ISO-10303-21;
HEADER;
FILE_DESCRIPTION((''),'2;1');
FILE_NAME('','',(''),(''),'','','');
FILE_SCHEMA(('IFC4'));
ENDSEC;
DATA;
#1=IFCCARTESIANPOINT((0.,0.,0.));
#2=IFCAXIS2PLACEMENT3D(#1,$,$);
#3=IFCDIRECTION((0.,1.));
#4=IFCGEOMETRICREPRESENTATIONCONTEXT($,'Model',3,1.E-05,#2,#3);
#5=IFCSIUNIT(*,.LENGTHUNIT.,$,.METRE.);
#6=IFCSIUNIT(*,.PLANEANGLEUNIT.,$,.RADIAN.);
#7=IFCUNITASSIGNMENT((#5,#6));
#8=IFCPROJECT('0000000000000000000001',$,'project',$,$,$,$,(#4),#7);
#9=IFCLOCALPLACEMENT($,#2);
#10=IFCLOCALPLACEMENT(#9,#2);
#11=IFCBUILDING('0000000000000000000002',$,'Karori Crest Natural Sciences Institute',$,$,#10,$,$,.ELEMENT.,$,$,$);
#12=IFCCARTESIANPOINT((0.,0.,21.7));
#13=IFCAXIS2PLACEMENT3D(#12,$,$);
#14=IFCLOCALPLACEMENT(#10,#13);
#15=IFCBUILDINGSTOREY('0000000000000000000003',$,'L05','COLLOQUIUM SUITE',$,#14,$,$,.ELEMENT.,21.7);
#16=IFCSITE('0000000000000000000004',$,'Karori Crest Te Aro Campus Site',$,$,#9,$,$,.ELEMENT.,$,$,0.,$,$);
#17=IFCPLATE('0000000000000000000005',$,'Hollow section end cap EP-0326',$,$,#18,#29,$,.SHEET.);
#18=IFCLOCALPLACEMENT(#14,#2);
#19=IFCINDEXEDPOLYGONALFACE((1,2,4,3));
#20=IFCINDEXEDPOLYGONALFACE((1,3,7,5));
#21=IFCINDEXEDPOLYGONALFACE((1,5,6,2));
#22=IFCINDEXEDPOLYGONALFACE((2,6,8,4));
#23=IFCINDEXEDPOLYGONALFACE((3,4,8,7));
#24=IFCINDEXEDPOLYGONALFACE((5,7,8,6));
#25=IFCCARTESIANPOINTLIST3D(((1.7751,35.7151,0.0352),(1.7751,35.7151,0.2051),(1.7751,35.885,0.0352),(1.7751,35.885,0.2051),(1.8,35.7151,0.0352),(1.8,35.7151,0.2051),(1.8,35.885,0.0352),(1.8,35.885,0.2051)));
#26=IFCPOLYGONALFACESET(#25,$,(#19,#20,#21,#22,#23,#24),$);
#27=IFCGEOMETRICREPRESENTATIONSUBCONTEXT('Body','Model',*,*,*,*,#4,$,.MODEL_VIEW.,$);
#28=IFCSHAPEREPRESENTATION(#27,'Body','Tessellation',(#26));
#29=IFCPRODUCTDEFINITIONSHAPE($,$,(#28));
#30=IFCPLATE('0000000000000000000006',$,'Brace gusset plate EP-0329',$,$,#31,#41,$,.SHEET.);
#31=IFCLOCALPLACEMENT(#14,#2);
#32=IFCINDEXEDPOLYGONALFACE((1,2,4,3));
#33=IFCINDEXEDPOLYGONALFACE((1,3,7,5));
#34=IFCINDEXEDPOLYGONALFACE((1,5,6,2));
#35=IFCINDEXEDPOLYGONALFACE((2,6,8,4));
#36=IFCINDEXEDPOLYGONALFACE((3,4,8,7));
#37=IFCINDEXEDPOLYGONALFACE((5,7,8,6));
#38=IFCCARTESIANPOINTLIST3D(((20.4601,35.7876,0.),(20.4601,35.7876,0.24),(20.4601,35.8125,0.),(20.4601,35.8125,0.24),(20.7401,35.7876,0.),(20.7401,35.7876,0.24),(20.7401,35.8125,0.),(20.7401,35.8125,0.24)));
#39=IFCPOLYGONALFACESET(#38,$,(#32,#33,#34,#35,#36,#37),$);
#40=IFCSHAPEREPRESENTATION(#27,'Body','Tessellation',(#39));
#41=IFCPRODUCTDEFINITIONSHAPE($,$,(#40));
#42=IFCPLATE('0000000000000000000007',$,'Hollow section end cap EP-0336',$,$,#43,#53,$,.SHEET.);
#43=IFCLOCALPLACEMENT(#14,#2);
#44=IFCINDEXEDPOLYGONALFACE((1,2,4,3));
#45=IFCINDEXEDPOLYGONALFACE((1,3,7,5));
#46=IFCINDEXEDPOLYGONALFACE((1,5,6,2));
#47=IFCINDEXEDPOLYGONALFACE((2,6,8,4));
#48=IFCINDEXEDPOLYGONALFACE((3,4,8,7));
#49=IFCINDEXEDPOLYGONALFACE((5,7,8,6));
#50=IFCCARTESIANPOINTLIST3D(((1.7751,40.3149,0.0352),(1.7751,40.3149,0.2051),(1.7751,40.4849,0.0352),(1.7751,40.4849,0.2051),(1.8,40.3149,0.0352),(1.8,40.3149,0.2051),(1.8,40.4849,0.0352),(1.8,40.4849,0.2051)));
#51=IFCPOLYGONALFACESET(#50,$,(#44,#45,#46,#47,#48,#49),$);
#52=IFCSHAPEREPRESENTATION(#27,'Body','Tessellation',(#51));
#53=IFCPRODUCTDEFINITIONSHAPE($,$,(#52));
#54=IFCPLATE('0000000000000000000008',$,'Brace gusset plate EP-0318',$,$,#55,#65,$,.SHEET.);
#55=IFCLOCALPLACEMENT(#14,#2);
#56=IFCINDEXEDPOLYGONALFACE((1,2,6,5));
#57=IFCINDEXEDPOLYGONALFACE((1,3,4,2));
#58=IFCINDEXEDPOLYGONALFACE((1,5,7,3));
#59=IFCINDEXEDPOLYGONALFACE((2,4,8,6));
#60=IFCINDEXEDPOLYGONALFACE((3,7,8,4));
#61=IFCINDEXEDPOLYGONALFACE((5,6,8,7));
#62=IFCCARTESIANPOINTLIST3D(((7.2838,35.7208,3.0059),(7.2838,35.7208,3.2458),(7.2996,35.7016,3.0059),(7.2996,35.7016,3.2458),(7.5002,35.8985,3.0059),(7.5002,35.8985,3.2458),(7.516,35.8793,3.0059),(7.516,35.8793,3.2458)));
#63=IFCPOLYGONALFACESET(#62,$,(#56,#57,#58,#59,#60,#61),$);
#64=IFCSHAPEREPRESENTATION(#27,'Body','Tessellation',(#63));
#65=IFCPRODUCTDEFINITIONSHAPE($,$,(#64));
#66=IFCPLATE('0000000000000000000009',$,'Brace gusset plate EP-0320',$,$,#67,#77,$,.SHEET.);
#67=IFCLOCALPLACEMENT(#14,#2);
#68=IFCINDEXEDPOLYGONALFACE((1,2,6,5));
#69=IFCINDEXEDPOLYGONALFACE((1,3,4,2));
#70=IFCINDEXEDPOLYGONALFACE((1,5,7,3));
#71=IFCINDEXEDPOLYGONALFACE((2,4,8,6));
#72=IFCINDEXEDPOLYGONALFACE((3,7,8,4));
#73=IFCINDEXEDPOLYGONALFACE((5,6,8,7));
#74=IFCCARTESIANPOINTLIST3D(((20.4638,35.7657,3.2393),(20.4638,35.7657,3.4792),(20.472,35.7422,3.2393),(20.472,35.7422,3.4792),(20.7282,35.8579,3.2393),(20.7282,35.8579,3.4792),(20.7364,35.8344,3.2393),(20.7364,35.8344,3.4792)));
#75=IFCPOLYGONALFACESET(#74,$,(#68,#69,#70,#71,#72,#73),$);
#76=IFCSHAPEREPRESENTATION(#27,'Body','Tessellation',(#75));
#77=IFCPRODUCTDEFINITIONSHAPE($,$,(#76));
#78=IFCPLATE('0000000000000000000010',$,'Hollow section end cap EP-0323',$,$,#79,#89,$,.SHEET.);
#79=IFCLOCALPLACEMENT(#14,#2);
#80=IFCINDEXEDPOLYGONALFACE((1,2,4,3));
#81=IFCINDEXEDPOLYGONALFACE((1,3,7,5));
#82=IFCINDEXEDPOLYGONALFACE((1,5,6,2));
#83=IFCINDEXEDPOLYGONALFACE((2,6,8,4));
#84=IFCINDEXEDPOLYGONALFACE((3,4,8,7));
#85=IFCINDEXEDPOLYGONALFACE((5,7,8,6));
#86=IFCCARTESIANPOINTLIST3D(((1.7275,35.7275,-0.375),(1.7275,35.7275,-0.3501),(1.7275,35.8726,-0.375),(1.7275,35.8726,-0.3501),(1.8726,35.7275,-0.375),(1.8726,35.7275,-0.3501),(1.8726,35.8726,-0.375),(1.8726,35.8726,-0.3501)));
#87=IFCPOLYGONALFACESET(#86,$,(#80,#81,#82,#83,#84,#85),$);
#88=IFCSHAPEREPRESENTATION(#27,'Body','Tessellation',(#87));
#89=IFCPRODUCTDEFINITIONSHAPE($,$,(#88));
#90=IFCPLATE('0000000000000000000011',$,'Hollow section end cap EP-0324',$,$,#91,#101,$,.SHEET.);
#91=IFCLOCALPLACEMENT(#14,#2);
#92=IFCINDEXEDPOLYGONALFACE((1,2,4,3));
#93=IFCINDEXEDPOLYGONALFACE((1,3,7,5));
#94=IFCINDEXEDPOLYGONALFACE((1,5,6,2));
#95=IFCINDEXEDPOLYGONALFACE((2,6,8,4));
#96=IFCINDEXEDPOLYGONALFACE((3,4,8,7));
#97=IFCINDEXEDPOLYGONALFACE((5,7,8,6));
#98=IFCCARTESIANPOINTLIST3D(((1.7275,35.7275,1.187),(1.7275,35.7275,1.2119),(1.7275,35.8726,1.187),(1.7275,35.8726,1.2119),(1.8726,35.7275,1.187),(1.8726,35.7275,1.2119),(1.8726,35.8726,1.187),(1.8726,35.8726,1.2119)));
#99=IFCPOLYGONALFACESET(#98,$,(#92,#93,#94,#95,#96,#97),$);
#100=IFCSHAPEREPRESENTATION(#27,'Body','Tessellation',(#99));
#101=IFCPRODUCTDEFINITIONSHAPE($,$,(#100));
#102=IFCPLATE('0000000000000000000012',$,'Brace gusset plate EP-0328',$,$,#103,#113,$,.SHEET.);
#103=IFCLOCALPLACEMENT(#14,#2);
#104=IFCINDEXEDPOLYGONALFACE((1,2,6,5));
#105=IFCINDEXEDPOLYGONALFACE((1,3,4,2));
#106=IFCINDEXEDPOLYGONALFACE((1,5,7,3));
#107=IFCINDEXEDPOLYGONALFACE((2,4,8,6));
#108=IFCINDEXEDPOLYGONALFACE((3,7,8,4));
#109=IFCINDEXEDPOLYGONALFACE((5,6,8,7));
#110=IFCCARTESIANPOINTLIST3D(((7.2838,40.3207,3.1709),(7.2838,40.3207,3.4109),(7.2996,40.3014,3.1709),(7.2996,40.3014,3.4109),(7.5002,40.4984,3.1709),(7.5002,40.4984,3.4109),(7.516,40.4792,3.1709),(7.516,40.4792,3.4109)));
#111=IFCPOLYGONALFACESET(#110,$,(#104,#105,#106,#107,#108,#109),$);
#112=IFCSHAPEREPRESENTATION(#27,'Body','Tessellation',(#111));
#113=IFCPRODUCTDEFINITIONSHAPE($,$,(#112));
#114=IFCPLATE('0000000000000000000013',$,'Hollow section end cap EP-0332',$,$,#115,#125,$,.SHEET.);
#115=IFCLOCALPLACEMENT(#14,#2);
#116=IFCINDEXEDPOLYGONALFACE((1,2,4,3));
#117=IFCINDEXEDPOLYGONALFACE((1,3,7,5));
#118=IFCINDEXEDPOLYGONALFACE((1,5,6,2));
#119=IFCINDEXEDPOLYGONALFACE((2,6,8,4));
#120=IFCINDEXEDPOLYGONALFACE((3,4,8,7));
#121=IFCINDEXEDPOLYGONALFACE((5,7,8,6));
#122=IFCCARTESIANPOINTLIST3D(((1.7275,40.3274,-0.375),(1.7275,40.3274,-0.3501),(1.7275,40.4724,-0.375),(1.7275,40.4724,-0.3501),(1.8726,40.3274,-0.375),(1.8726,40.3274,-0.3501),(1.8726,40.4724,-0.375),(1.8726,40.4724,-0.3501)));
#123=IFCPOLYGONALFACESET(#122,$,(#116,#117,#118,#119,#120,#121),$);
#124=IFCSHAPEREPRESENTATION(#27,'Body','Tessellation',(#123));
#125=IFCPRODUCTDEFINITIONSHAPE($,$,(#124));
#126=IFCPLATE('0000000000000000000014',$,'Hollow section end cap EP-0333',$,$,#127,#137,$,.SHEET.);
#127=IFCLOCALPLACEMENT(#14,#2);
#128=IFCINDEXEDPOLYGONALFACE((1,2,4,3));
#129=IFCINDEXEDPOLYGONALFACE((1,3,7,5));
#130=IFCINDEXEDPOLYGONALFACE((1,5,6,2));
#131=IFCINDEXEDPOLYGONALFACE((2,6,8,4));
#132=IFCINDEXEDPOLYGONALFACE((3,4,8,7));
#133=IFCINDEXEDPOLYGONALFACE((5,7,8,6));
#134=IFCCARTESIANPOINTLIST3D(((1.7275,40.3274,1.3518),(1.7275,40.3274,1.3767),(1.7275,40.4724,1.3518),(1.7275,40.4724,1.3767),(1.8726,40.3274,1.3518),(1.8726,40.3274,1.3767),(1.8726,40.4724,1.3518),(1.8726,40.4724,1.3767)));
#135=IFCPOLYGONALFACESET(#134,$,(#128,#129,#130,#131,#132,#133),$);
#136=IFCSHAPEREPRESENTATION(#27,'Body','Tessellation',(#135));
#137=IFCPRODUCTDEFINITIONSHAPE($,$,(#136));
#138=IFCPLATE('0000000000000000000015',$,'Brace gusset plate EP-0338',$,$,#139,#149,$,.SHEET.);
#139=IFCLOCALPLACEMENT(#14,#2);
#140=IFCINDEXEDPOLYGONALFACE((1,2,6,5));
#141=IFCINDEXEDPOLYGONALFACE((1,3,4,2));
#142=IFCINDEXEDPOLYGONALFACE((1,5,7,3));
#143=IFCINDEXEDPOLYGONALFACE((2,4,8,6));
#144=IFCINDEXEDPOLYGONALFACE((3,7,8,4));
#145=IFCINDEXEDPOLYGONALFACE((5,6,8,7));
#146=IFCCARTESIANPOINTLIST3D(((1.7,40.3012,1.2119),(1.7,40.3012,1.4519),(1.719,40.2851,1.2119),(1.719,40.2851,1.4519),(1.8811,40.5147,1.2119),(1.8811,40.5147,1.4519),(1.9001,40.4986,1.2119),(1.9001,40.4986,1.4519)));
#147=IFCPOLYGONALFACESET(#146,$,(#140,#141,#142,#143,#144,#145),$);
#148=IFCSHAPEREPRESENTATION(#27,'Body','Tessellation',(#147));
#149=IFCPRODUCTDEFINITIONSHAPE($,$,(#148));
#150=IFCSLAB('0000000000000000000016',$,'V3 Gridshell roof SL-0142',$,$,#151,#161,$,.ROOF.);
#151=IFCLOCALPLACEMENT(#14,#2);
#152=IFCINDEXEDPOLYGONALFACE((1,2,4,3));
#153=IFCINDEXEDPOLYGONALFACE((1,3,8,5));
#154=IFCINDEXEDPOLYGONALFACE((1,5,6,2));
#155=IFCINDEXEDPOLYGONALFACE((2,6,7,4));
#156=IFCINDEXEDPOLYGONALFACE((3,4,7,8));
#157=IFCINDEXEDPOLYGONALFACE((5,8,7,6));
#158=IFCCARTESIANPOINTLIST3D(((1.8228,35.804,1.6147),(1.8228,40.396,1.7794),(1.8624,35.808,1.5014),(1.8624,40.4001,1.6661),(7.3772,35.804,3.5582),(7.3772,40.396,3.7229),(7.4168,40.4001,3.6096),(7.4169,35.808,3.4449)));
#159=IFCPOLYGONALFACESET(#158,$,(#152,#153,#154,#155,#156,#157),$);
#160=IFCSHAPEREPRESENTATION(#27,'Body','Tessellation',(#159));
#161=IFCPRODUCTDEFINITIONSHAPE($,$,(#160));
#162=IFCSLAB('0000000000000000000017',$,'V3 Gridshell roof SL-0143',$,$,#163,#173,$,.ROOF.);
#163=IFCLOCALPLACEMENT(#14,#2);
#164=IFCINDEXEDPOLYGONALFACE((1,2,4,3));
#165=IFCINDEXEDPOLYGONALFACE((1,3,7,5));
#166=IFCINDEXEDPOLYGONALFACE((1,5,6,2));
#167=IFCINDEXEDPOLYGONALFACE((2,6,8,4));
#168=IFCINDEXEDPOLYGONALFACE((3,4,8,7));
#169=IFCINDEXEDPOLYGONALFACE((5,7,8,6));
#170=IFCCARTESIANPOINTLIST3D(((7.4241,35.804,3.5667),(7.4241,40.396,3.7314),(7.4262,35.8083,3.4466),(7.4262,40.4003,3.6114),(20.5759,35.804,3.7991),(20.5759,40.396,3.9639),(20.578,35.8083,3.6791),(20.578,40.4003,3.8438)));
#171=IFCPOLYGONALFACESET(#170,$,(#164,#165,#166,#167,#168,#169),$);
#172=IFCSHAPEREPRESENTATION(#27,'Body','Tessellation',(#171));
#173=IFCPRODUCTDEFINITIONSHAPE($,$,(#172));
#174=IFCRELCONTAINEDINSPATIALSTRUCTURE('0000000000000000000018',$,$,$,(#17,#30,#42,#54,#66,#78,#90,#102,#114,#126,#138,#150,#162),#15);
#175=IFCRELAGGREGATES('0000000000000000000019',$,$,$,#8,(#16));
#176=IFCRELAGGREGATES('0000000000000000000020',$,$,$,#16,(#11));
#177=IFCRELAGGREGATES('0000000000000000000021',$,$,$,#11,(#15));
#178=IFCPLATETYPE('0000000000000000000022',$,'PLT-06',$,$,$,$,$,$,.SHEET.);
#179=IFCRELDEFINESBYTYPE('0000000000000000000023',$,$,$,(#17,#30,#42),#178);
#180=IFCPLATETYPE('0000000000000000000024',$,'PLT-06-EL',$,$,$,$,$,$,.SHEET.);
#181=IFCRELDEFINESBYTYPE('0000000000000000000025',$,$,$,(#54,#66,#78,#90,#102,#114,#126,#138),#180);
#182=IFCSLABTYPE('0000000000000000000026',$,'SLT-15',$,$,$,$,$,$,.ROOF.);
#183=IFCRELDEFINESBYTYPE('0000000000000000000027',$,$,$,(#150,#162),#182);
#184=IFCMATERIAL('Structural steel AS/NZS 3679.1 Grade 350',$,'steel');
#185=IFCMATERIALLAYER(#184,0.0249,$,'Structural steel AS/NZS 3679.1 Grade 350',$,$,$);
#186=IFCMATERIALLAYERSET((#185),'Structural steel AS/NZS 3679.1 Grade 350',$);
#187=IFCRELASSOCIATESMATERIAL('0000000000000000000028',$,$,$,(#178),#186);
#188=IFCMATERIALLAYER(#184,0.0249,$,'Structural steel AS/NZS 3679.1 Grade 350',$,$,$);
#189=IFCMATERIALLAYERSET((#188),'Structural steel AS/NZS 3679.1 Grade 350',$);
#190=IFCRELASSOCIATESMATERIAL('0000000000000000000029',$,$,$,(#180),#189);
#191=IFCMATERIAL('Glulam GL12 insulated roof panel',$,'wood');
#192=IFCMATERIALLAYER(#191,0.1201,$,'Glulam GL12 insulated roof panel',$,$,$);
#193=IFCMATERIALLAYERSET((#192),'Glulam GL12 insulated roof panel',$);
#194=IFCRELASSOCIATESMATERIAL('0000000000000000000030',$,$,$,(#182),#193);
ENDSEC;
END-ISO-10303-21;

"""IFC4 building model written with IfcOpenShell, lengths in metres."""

from ifc_helpers import new_model, si_unit, direction, frame, origin, origin_2d, place, context, subcontext, project, spatial, polyline, rectangle, outline, extrude, material, layer, layer_set, type_object, element, save


model = new_model("IFC4")

# Units and contexts
model_context = context("Model", 3, precision=1e-05, world=origin(), true_north=direction((0.0, 1.0)))
body_context = subcontext(model_context, "Body", "Model", "MODEL_VIEW")
ifc_project = project(units=[si_unit("LENGTHUNIT", "METRE"), si_unit("PLANEANGLEUNIT", "RADIAN")], contexts=[model_context])

# Site, building, storey
site_placement = place(None, origin())
site = spatial("IfcSite", under=ifc_project, at=site_placement, Name="Karori Crest Te Aro Campus Site", CompositionType="ELEMENT", RefElevation=0.0)
building_placement = place(site_placement, origin())
building = spatial("IfcBuilding", under=site, at=building_placement, Name="Karori Crest Natural Sciences Institute", CompositionType="ELEMENT")
storey_placement = place(building_placement, frame((0.0, 0.0, 21.7)))
storey = spatial("IfcBuildingStorey", under=building, at=storey_placement, Name="L05", Description="COLLOQUIUM SUITE", CompositionType="ELEMENT", Elevation=21.7)

# Plates
ifc_material_1 = material(Name="Structural steel AS/NZS 3679.1 Grade 350", Category="steel")
ifc_layer_1 = layer(ifc_material_1, 0.0249, Name="Structural steel AS/NZS 3679.1 Grade 350")
ifc_layer_set_1 = layer_set([ifc_layer_1], Name="Structural steel AS/NZS 3679.1 Grade 350")
plate_type_1 = type_object("IfcPlateType", Name="PLT-06", PredefinedType="SHEET", material=ifc_layer_set_1)
plate_1_placement = place(storey_placement, frame((1.7876, 35.8, 0.0352), z_axis=(0.0, 0.0, 1.0), x_axis=(1.0, 0.0, 0.0)))
element("IfcPlate", 1, at=plate_1_placement, inside=storey, type_object=plate_type_1, Name="Hollow section end cap EP-0326", PredefinedType="SHEET", context=body_context, shape_type="SweptSolid", body=[
    extrude(rectangle(XDim=0.0249, YDim=0.1699, at=origin_2d()), origin(), (0.0, 0.0, 1.0), 0.1699),
])
plate_2_placement = place(storey_placement, frame((20.6001, 35.8, 0.0), z_axis=(0.0, 0.0, 1.0), x_axis=(1.0, 0.0, 0.0)))
element("IfcPlate", 2, at=plate_2_placement, inside=storey, type_object=plate_type_1, Name="Brace gusset plate EP-0329", PredefinedType="SHEET", context=body_context, shape_type="SweptSolid", body=[
    extrude(rectangle(XDim=0.28, YDim=0.0249, at=origin_2d()), origin(), (0.0, 0.0, 1.0), 0.24),
])
plate_3_placement = place(storey_placement, frame((1.7876, 40.3999, 0.0352), z_axis=(0.0, 0.0, 1.0), x_axis=(1.0, 0.0, 0.0)))
element("IfcPlate", 3, at=plate_3_placement, inside=storey, type_object=plate_type_1, Name="Hollow section end cap EP-0336", PredefinedType="SHEET", context=body_context, shape_type="SweptSolid", body=[
    extrude(rectangle(XDim=0.0249, YDim=0.1699, at=origin_2d()), origin(), (0.0, 0.0, 1.0), 0.1699),
])
ifc_layer_2 = layer(ifc_material_1, 0.0249, Name="Structural steel AS/NZS 3679.1 Grade 350")
ifc_layer_set_2 = layer_set([ifc_layer_2], Name="Structural steel AS/NZS 3679.1 Grade 350")
plate_type_2 = type_object("IfcPlateType", Name="PLT-06-EL", PredefinedType="SHEET", material=ifc_layer_set_2)
for number, where, z_axis, x_axis, name in (
    (4, (7.3999, 35.8, 3.0059), (0.0, 0.0, 1.0), (0.772726, 0.63474, 0.0), "Brace gusset plate EP-0318"),
    (5, (20.6001, 35.8, 3.2393), (0.0, 0.0, 1.0), (0.944303, 0.329076, 0.0), "Brace gusset plate EP-0320"),
):
    element("IfcPlate", number, at=place(storey_placement, frame(where, z_axis=z_axis, x_axis=x_axis)), inside=storey, type_object=plate_type_2, Name=name, PredefinedType="SHEET", context=body_context, shape_type="SweptSolid", body=[
        extrude(rectangle(XDim=0.28, YDim=0.0249, at=origin_2d()), origin(), (0.0, 0.0, 1.0), 0.24),
    ])
for number, where, z_axis, x_axis, name in (
    (6, (1.8, 35.8, -0.375), (0.0, 0.0, 1.0), (1.0, 0.0, 0.0), "Hollow section end cap EP-0323"),
    (7, (1.8, 35.8, 1.187), (0.0, 0.0, 1.0), (1.0, 0.0, 0.0), "Hollow section end cap EP-0324"),
):
    element("IfcPlate", number, at=place(storey_placement, frame(where, z_axis=z_axis, x_axis=x_axis)), inside=storey, type_object=plate_type_2, Name=name, PredefinedType="SHEET", context=body_context, shape_type="SweptSolid", body=[
        extrude(rectangle(XDim=0.145, YDim=0.145, at=origin_2d()), origin(), (0.0, 0.0, 1.0), 0.0249),
    ])
plate_4_placement = place(storey_placement, frame((7.3999, 40.3999, 3.1709), z_axis=(0.0, 0.0, 1.0), x_axis=(0.772726, 0.63474, 0.0)))
element("IfcPlate", 8, at=plate_4_placement, inside=storey, type_object=plate_type_2, Name="Brace gusset plate EP-0328", PredefinedType="SHEET", context=body_context, shape_type="SweptSolid", body=[
    extrude(rectangle(XDim=0.28, YDim=0.0249, at=origin_2d()), origin(), (0.0, 0.0, 1.0), 0.24),
])
for number, where, z_axis, x_axis, name in (
    (9, (1.8, 40.3999, -0.375), (0.0, 0.0, 1.0), (1.0, 0.0, 0.0), "Hollow section end cap EP-0332"),
    (10, (1.8, 40.3999, 1.3518), (0.0, 0.0, 1.0), (1.0, 0.0, 0.0), "Hollow section end cap EP-0333"),
):
    element("IfcPlate", number, at=place(storey_placement, frame(where, z_axis=z_axis, x_axis=x_axis)), inside=storey, type_object=plate_type_2, Name=name, PredefinedType="SHEET", context=body_context, shape_type="SweptSolid", body=[
        extrude(rectangle(XDim=0.145, YDim=0.145, at=origin_2d()), origin(), (0.0, 0.0, 1.0), 0.0249),
    ])
plate_5_placement = place(storey_placement, frame((1.8, 40.3999, 1.2119), z_axis=(0.0, 0.0, 1.0), x_axis=(0.646977, 0.762509, 0.0)))
element("IfcPlate", 11, at=plate_5_placement, inside=storey, type_object=plate_type_2, Name="Brace gusset plate EP-0338", PredefinedType="SHEET", context=body_context, shape_type="SweptSolid", body=[
    extrude(rectangle(XDim=0.28, YDim=0.0249, at=origin_2d()), origin(), (0.0, 0.0, 1.0), 0.24),
])

# Slabs
ifc_material_2 = material(Name="Glulam GL12 insulated roof panel", Category="wood")
ifc_layer_3 = layer(ifc_material_2, 0.1201, Name="Glulam GL12 insulated roof panel")
ifc_layer_set_3 = layer_set([ifc_layer_3], Name="Glulam GL12 insulated roof panel")
slab_type = type_object("IfcSlabType", Name="SLT-15", PredefinedType="ROOF", material=ifc_layer_set_3)
slab_1_placement = place(storey_placement, frame((1.8228, 35.804, 1.6147), z_axis=(-0.330075, -0.033829, 0.943349), x_axis=(0.943889, 0.000001, 0.330264)))
element("IfcSlab", 12, at=slab_1_placement, inside=storey, type_object=slab_type, Name="V3 Gridshell roof SL-0142", PredefinedType="ROOF", context=body_context, shape_type="SweptSolid", body=[
    extrude(outline(polyline([(0.0, 0.0), (5.8847, 0.0), (5.939, 4.5947), (0.0544, 4.5947), (0.0, 0.0)])), origin(), (0.0, 0.0, -1.0), 0.1201),
])
slab_2_placement = place(storey_placement, frame((7.4241, 35.804, 3.5667), z_axis=(-0.017658, -0.035858, 0.999201), x_axis=(0.999844, 0.0, 0.017669)))
element("IfcSlab", 13, at=slab_2_placement, inside=storey, type_object=slab_type, Name="V3 Gridshell roof SL-0143", PredefinedType="ROOF", context=body_context, shape_type="SweptSolid", body=[
    extrude(outline(polyline([(0.0, 0.0), (13.1539, 0.0), (13.1568, 4.595), (0.0029, 4.595), (0.0, 0.0)])), origin(), (0.0, 0.0, -1.0), 0.1201),
])

save(model, "model.ifc")
